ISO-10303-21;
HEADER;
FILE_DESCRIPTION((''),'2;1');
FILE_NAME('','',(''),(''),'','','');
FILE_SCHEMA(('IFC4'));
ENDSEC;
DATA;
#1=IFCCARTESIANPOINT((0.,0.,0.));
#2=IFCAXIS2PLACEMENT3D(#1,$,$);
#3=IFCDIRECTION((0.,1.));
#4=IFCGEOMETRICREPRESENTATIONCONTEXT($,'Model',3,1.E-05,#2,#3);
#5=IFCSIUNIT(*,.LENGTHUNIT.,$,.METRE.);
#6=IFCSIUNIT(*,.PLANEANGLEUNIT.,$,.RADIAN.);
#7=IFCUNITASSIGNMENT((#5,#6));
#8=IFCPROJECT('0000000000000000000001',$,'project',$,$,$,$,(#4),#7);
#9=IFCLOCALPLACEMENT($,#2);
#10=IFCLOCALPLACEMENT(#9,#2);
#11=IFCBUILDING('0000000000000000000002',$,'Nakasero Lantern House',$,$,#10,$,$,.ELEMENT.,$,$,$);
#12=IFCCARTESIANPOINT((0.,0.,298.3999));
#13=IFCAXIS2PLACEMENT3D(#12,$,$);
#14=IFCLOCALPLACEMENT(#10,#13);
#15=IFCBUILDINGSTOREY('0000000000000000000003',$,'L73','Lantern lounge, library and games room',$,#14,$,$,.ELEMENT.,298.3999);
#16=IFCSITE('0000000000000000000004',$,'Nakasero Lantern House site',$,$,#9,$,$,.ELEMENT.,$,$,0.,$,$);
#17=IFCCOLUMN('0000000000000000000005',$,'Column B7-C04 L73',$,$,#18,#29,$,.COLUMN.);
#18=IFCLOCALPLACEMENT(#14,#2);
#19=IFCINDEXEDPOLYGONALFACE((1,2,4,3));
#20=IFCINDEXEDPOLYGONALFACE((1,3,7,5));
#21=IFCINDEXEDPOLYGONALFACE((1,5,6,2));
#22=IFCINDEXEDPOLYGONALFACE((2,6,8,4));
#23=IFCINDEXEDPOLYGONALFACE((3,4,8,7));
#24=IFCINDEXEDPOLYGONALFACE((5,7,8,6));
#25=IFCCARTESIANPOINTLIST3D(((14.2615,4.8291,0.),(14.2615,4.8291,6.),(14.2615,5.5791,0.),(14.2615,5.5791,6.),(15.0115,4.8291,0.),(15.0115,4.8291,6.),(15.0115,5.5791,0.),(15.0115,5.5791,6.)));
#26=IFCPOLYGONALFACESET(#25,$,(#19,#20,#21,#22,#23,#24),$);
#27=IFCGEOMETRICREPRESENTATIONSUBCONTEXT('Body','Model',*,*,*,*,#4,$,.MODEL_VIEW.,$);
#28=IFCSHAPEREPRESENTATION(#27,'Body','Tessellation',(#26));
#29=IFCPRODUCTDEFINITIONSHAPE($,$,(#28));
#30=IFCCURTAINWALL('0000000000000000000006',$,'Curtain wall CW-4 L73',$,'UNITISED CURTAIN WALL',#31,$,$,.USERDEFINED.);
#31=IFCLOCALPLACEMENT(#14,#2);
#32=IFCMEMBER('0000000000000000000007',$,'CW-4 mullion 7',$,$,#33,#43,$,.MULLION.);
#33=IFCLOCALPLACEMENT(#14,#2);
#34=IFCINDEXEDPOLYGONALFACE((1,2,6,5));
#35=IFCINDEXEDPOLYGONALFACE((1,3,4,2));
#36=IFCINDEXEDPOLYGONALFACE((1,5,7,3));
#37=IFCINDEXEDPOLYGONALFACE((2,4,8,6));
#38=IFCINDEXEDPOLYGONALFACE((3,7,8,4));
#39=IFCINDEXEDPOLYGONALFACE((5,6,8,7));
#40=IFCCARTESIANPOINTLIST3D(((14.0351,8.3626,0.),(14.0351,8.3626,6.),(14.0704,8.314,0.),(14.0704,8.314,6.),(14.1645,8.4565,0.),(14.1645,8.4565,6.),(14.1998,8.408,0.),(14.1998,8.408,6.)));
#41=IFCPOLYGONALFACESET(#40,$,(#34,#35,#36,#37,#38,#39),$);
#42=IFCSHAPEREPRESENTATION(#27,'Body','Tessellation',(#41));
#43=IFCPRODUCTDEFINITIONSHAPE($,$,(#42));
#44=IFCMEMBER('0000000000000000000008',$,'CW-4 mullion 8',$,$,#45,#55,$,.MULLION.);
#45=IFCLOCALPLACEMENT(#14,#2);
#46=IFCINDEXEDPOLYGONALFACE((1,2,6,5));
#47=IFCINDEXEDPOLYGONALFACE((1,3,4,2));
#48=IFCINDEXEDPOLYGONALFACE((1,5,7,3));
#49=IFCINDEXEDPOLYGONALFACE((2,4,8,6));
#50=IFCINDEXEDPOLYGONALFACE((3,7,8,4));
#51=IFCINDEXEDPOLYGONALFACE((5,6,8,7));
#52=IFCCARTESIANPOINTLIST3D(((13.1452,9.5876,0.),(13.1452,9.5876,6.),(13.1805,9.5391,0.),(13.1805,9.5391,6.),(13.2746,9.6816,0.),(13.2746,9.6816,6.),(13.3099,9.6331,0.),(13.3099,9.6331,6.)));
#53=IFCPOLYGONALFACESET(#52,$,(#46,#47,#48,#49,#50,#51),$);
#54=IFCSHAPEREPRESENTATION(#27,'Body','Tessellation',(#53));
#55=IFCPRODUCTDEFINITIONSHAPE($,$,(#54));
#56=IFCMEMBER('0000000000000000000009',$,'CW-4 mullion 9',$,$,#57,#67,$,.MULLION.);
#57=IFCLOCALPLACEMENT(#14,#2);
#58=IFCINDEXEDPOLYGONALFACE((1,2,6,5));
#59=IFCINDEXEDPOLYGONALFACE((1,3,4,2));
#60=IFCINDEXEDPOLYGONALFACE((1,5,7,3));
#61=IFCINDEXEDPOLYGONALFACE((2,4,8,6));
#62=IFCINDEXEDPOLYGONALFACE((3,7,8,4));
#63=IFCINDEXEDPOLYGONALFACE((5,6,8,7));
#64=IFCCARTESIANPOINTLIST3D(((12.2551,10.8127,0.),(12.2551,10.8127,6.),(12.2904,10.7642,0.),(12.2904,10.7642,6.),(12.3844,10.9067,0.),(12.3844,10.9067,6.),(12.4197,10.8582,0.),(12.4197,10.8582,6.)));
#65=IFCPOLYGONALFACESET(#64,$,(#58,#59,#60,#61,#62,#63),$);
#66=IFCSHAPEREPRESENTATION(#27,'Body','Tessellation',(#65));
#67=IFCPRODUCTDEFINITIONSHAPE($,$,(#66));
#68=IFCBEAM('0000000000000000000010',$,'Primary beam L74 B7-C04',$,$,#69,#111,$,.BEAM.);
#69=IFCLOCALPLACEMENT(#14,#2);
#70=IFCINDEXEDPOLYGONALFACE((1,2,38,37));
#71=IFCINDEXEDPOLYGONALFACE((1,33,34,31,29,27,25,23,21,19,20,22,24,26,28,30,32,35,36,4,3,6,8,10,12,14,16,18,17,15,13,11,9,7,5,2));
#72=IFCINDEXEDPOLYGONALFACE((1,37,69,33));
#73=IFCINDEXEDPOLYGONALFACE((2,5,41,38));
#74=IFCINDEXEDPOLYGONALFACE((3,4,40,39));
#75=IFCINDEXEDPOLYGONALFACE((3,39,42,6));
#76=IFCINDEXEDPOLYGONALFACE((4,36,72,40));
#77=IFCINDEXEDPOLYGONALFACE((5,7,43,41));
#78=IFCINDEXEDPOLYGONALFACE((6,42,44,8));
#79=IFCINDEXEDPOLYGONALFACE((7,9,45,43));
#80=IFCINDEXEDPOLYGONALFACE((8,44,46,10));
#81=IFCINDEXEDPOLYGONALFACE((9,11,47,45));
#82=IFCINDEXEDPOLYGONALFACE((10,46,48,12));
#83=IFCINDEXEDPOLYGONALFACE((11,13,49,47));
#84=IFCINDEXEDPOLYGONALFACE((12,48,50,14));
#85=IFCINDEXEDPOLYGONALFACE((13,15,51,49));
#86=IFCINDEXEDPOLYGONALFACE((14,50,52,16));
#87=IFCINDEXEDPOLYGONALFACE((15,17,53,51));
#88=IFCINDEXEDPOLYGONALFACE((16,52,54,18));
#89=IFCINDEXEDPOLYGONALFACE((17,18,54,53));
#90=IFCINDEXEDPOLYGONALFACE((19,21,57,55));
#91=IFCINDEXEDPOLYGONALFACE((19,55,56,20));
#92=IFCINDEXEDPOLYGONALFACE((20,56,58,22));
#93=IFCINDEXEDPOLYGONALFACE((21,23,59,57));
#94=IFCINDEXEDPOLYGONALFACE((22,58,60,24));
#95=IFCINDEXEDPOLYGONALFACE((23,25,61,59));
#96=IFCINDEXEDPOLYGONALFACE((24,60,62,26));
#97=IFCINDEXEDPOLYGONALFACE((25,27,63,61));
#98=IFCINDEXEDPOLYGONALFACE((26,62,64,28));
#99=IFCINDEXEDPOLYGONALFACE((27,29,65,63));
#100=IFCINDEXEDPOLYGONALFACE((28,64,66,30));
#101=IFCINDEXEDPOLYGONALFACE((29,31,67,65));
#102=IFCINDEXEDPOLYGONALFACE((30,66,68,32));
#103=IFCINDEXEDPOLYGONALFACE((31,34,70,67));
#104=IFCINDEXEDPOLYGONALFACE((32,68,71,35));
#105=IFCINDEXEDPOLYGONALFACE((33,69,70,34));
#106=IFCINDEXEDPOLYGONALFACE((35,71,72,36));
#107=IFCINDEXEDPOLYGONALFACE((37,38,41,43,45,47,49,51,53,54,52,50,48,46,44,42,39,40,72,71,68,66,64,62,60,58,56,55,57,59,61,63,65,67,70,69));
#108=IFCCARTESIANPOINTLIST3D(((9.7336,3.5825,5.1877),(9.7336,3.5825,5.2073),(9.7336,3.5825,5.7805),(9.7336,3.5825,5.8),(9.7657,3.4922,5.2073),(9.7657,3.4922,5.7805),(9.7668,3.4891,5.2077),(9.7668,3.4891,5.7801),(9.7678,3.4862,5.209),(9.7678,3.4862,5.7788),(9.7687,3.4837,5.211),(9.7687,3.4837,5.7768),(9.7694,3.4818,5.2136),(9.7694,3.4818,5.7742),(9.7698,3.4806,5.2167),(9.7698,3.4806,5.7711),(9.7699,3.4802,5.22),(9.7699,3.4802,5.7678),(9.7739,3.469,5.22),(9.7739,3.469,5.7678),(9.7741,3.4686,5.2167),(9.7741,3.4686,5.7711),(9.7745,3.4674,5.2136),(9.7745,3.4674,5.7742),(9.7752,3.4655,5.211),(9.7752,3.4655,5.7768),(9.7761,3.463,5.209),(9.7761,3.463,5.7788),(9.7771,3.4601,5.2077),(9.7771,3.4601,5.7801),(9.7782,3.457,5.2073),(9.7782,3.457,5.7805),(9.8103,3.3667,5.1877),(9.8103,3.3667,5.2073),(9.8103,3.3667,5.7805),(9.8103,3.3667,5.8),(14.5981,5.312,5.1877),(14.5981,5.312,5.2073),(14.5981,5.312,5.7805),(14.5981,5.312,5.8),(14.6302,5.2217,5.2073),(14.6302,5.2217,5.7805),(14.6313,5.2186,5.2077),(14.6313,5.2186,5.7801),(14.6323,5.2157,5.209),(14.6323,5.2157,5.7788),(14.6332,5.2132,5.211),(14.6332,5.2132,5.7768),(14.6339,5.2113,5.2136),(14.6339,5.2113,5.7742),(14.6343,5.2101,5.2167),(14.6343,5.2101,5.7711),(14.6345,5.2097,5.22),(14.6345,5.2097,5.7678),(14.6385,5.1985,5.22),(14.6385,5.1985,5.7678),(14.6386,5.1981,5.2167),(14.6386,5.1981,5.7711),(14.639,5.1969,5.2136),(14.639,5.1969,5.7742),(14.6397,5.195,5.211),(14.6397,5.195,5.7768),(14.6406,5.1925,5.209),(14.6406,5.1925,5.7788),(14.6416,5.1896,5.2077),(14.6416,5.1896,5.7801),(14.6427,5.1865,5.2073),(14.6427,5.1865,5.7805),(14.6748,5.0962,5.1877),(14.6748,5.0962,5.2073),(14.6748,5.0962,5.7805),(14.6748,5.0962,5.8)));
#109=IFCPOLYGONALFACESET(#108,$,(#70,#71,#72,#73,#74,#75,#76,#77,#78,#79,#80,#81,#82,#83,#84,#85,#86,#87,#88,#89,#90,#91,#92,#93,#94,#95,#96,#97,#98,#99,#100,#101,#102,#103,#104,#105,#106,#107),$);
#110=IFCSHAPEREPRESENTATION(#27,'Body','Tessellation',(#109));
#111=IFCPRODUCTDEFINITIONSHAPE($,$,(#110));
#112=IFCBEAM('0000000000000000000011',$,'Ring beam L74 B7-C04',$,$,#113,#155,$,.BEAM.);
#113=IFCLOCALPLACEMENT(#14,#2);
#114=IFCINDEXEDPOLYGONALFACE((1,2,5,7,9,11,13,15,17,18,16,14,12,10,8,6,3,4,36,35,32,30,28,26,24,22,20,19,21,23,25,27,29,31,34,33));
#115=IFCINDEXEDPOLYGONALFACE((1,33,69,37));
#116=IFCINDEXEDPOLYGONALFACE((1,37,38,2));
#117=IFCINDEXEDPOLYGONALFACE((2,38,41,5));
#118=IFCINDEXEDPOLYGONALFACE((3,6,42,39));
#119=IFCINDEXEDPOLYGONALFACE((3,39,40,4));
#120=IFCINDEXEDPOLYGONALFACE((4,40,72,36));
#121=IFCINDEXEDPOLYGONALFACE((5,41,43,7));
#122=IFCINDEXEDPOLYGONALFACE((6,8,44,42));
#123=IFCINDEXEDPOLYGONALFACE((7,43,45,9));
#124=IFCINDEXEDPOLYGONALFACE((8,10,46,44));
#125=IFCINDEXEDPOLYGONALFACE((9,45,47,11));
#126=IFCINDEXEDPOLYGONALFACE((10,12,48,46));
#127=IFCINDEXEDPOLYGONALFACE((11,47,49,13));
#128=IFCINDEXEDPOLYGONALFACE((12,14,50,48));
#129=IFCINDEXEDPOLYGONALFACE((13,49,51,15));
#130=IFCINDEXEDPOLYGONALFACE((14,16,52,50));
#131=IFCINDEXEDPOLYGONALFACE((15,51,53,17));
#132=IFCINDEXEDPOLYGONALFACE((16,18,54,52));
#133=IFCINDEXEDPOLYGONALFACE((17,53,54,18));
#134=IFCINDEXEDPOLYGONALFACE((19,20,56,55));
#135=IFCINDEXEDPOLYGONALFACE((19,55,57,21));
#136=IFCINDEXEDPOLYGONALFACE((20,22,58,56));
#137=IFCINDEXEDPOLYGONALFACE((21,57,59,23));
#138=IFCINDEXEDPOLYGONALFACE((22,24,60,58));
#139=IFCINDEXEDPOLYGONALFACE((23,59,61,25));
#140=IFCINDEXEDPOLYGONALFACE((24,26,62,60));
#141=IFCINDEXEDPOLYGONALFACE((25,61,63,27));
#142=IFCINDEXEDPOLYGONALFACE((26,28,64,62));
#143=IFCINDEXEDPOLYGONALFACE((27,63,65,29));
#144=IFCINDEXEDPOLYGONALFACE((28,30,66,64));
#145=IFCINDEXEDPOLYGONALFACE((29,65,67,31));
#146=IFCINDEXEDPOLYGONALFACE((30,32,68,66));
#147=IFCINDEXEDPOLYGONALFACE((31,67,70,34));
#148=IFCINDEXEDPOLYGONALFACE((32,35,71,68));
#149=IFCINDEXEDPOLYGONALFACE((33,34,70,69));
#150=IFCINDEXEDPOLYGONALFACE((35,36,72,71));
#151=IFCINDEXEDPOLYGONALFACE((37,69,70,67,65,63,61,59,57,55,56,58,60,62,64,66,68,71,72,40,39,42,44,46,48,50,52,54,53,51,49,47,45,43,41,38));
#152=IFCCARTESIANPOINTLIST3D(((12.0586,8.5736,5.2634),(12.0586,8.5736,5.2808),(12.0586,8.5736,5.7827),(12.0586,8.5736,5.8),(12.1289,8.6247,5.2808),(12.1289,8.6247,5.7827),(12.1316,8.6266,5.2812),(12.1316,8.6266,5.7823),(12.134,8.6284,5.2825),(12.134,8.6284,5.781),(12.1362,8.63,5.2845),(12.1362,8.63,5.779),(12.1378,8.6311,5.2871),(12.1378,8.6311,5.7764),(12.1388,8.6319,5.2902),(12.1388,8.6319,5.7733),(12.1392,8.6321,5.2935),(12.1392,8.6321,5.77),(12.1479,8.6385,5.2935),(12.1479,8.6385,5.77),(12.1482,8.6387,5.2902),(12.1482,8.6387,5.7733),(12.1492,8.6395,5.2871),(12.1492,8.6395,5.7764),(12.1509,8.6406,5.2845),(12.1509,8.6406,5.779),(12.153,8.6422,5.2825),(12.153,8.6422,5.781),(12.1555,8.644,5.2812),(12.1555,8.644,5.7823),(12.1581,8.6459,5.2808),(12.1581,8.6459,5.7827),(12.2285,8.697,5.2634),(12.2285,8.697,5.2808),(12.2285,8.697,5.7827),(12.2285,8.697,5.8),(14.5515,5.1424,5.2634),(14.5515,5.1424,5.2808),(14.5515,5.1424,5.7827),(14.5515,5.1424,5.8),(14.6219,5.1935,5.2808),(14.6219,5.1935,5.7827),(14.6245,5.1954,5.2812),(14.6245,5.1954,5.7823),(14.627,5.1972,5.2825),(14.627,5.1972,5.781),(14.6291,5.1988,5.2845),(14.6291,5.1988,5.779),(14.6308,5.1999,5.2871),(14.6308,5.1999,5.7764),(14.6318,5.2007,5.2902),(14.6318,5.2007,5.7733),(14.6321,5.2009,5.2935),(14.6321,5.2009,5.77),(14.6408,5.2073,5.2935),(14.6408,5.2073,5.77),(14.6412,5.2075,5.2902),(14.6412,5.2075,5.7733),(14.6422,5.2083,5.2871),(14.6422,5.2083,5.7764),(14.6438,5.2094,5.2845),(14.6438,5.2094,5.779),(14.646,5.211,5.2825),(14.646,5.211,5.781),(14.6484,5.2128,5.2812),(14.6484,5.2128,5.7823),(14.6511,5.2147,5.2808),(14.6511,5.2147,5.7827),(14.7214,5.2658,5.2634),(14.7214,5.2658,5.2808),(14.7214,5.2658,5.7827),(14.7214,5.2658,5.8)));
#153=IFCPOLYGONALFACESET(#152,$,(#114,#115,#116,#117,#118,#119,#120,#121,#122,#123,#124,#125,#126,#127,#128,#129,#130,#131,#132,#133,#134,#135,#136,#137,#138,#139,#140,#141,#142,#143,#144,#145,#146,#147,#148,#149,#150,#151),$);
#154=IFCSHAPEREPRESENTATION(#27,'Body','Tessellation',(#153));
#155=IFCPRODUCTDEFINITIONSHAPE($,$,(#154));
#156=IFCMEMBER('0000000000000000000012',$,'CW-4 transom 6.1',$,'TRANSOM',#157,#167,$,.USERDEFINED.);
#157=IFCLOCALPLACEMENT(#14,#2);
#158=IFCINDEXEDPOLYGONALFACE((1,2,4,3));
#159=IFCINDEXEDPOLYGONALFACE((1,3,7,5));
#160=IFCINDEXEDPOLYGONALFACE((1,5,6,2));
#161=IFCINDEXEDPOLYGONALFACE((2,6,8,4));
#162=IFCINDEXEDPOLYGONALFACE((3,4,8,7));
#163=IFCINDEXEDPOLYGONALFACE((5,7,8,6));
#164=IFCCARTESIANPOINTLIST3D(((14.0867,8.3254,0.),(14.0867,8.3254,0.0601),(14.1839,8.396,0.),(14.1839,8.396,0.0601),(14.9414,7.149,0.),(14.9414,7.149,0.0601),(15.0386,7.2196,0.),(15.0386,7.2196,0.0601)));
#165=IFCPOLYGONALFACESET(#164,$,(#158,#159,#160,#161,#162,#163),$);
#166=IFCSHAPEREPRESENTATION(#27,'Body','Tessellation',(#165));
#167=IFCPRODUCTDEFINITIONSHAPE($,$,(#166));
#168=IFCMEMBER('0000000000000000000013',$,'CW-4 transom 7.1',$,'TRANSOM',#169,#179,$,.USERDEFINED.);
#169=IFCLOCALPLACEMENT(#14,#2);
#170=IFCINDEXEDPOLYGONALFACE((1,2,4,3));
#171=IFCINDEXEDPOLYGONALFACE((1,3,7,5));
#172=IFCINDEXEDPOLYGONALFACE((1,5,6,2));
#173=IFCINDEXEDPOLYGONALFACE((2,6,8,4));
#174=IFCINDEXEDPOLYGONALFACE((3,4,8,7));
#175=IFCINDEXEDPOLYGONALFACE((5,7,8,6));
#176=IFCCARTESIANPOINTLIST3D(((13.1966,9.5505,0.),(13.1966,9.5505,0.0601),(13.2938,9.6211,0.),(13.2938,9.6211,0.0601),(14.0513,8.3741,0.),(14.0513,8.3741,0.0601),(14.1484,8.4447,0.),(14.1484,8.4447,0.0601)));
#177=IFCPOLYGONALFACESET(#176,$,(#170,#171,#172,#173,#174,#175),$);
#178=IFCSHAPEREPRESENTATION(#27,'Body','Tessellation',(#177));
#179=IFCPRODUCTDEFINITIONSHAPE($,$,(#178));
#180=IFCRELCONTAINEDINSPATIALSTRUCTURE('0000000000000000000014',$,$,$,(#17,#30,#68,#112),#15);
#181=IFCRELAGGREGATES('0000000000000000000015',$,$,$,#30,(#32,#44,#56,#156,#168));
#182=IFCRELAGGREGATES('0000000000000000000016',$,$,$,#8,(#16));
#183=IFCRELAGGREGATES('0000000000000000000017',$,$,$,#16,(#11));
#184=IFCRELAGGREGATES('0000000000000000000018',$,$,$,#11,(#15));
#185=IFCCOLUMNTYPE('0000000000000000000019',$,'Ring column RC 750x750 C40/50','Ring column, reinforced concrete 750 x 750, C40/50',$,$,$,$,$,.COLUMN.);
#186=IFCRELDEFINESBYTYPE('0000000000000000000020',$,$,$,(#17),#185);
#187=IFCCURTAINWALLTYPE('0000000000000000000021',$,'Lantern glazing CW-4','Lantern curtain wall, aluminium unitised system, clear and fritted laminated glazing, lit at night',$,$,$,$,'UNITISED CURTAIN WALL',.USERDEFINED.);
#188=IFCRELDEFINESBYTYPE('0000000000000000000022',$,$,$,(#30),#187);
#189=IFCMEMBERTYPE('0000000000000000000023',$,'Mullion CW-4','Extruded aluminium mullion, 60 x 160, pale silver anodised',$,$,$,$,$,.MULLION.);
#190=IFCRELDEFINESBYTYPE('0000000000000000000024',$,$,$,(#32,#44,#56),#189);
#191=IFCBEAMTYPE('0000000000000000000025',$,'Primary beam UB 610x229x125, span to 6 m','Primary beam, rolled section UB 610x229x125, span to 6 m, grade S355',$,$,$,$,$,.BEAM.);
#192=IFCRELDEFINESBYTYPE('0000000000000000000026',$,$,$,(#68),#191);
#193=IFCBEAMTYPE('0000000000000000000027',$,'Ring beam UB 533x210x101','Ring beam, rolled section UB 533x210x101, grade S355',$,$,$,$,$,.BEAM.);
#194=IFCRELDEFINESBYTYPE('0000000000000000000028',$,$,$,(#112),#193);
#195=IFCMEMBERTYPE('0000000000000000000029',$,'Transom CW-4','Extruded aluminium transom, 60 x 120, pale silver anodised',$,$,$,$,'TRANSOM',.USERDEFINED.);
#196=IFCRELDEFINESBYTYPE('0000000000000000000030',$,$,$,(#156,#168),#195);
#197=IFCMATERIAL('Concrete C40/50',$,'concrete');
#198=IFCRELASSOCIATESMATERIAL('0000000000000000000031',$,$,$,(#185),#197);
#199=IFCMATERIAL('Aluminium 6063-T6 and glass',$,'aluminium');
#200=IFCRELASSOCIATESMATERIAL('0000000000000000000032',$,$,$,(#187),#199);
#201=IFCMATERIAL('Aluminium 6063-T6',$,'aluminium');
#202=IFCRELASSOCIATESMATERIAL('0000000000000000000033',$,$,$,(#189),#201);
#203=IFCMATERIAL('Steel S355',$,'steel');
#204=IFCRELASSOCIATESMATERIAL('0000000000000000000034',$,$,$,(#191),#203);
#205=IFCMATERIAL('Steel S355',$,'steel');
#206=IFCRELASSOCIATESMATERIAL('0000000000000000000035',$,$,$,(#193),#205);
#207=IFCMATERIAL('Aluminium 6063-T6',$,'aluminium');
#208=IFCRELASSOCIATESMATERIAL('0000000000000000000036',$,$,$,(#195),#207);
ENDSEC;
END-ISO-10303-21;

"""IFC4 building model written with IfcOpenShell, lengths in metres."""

from ifc_helpers import new_model, si_unit, direction, frame, origin, origin_2d, place, context, subcontext, project, spatial, rectangle, i_section, extrude, material, material_profile, profile_set, type_object, element, aggregate, save


model = new_model("IFC4")

# Units and contexts
model_context = context("Model", 3, precision=1e-05, world=origin(), true_north=direction((0.0, 1.0)))
body_context = subcontext(model_context, "Body", "Model", "MODEL_VIEW")
ifc_project = project(units=[si_unit("LENGTHUNIT", "METRE"), si_unit("PLANEANGLEUNIT", "RADIAN")], contexts=[model_context])

# Site, building, storey
site_placement = place(None, origin())
site = spatial("IfcSite", under=ifc_project, at=site_placement, Name="Nakasero Lantern House site", CompositionType="ELEMENT", RefElevation=0.0)
building_placement = place(site_placement, origin())
building = spatial("IfcBuilding", under=site, at=building_placement, Name="Nakasero Lantern House", CompositionType="ELEMENT")
storey_placement = place(building_placement, frame((0.0, 0.0, 298.3999)))
storey = spatial("IfcBuildingStorey", under=building, at=storey_placement, Name="L73", Description="Lantern lounge, library and games room", CompositionType="ELEMENT", Elevation=298.3999)

# Column
ifc_material_1 = material(Name="Concrete C40/50", Category="concrete")
ifc_material_profile_1 = material_profile(ifc_material_1, rectangle(XDim=0.75, YDim=0.75, at=origin_2d()), Name="RC 750x750")
ifc_profile_set_1 = profile_set([ifc_material_profile_1], Name="Concrete C40/50")
column_type = type_object("IfcColumnType", Name="Ring column RC 750x750 C40/50", Description="Ring column, reinforced concrete 750 x 750, C40/50", PredefinedType="COLUMN", material=ifc_profile_set_1)
column_placement = place(storey_placement, frame((14.6365, 5.2041, 0.0), z_axis=(0.0, 0.0, 1.0), x_axis=(1.0, 0.0, 0.0)))
element("IfcColumn", 1, at=column_placement, inside=storey, type_object=column_type, Name="Column B7-C04 L73", PredefinedType="COLUMN", context=body_context, shape_type="SweptSolid", body=[
    extrude(rectangle(XDim=0.75, YDim=0.75, at=origin_2d()), origin(), (0.0, 0.0, 1.0), 6.0),
])

# Curtain wall, members
ifc_material_2 = material(Name="Aluminium 6063-T6 and glass", Category="aluminium")
curtain_wall_type = type_object("IfcCurtainWallType", Name="Lantern glazing CW-4", Description="Lantern curtain wall, aluminium unitised system, clear and fritted laminated glazing, lit at night", ElementType="UNITISED CURTAIN WALL", PredefinedType="USERDEFINED", material=ifc_material_2)
curtain_wall_placement = place(storey_placement, origin())
curtain_wall = element("IfcCurtainWall", 2, at=curtain_wall_placement, inside=storey, type_object=curtain_wall_type, Name="Curtain wall CW-4 L73", ObjectType="UNITISED CURTAIN WALL", PredefinedType="USERDEFINED")
ifc_material_3 = material(Name="Aluminium 6063-T6", Category="aluminium")
ifc_material_profile_2 = material_profile(ifc_material_3, rectangle(XDim=0.0601, YDim=0.1599, at=origin_2d()), Name="CW-4 mullion 60x160")
ifc_profile_set_2 = profile_set([ifc_material_profile_2], Name="Aluminium 6063-T6")
member_type_1 = type_object("IfcMemberType", Name="Mullion CW-4", Description="Extruded aluminium mullion, 60 x 160, pale silver anodised", PredefinedType="MULLION", material=ifc_profile_set_2)
member_1_placement = place(storey_placement, frame((14.1174, 8.3853, 0.0), z_axis=(0.0, 0.0, 1.0), x_axis=(-0.587785, 0.809017, 0.0)))
member_1 = element("IfcMember", 3, at=member_1_placement, type_object=member_type_1, Name="CW-4 mullion 7", PredefinedType="MULLION", context=body_context, shape_type="SweptSolid", body=[
    extrude(rectangle(XDim=0.0601, YDim=0.1599, at=origin_2d()), origin(), (0.0, 0.0, 1.0), 6.0),
])
member_2_placement = place(storey_placement, frame((13.2275, 9.6104, 0.0), z_axis=(0.0, 0.0, 1.0), x_axis=(-0.587785, 0.809017, 0.0)))
member_2 = element("IfcMember", 4, at=member_2_placement, type_object=member_type_1, Name="CW-4 mullion 8", PredefinedType="MULLION", context=body_context, shape_type="SweptSolid", body=[
    extrude(rectangle(XDim=0.0601, YDim=0.1599, at=origin_2d()), origin(), (0.0, 0.0, 1.0), 6.0),
])
member_3_placement = place(storey_placement, frame((12.3374, 10.8354, 0.0), z_axis=(0.0, 0.0, 1.0), x_axis=(-0.587785, 0.809017, 0.0)))
member_3 = element("IfcMember", 5, at=member_3_placement, type_object=member_type_1, Name="CW-4 mullion 9", PredefinedType="MULLION", context=body_context, shape_type="SweptSolid", body=[
    extrude(rectangle(XDim=0.0601, YDim=0.1599, at=origin_2d()), origin(), (0.0, 0.0, 1.0), 6.0),
])

# Beams
ifc_material_4 = material(Name="Steel S355", Category="steel")
ifc_material_profile_3 = material_profile(ifc_material_4, i_section(OverallWidth=0.229, OverallDepth=0.6123, WebThickness=0.012, FlangeThickness=0.0195, FilletRadius=0.0127, at=origin_2d()), Name="UB 610x229x125")
ifc_profile_set_3 = profile_set([ifc_material_profile_3], Name="Steel S355")
beam_type_1 = type_object("IfcBeamType", Name="Primary beam UB 610x229x125, span to 6 m", Description="Primary beam, rolled section UB 610x229x125, span to 6 m, grade S355", PredefinedType="BEAM", material=ifc_profile_set_3)
beam_1_placement = place(storey_placement, frame((14.6365, 5.2041, 5.4939), z_axis=(-0.942221, -0.334991, 0.0), x_axis=(0.334991, -0.942221, 0.0)))
element("IfcBeam", 6, at=beam_1_placement, inside=storey, type_object=beam_type_1, Name="Primary beam L74 B7-C04", PredefinedType="BEAM", context=body_context, shape_type="SweptSolid", body=[
    extrude(i_section(OverallWidth=0.229, OverallDepth=0.6123, WebThickness=0.012, FlangeThickness=0.0195, FilletRadius=0.0127, at=origin_2d()), origin(), (0.0, 0.0, 1.0), 5.1628),
])
ifc_material_5 = material(Name="Steel S355", Category="steel")
ifc_material_profile_4 = material_profile(ifc_material_5, i_section(OverallWidth=0.21, OverallDepth=0.5366, WebThickness=0.0107, FlangeThickness=0.0173, FilletRadius=0.0127, at=origin_2d()), Name="UB 533x210x101")
ifc_profile_set_4 = profile_set([ifc_material_profile_4], Name="Steel S355")
beam_type_2 = type_object("IfcBeamType", Name="Ring beam UB 533x210x101", Description="Ring beam, rolled section UB 533x210x101, grade S355", PredefinedType="BEAM", material=ifc_profile_set_4)
beam_2_placement = place(storey_placement, frame((14.6365, 5.2041, 5.5317), z_axis=(-0.587792, 0.809012, 0.0), x_axis=(-0.809012, -0.587792, 0.0)))
element("IfcBeam", 7, at=beam_2_placement, inside=storey, type_object=beam_type_2, Name="Ring beam L74 B7-C04", PredefinedType="BEAM", context=body_context, shape_type="SweptSolid", body=[
    extrude(i_section(OverallWidth=0.21, OverallDepth=0.5366, WebThickness=0.0107, FlangeThickness=0.0173, FilletRadius=0.0127, at=origin_2d()), origin(), (0.0, 0.0, 1.0), 4.2412),
])

# Members
ifc_material_6 = material(Name="Aluminium 6063-T6", Category="aluminium")
ifc_material_profile_5 = material_profile(ifc_material_6, rectangle(XDim=0.0601, YDim=0.1201, at=origin_2d()), Name="CW-4 transom 60x120")
ifc_profile_set_5 = profile_set([ifc_material_profile_5], Name="Aluminium 6063-T6")
member_type_2 = type_object("IfcMemberType", Name="Transom CW-4", Description="Extruded aluminium transom, 60 x 120, pale silver anodised", ElementType="TRANSOM", PredefinedType="USERDEFINED", material=ifc_profile_set_5)
member_4_placement = place(storey_placement, frame((14.99, 7.1843, 0.03), z_axis=(-0.587762, 0.809034, 0.0), x_axis=(0.0, 0.0, 1.0)))
member_4 = element("IfcMember", 8, at=member_4_placement, type_object=member_type_2, Name="CW-4 transom 6.1", ObjectType="TRANSOM", PredefinedType="USERDEFINED", context=body_context, shape_type="SweptSolid", body=[
    extrude(rectangle(XDim=0.0601, YDim=0.1201, at=origin_2d()), origin(), (0.0, 0.0, 1.0), 1.4541),
])
member_5_placement = place(storey_placement, frame((14.0999, 8.4094, 0.03), z_axis=(-0.587762, 0.809034, 0.0), x_axis=(0.0, 0.0, 1.0)))
member_5 = element("IfcMember", 9, at=member_5_placement, type_object=member_type_2, Name="CW-4 transom 7.1", ObjectType="TRANSOM", PredefinedType="USERDEFINED", context=body_context, shape_type="SweptSolid", body=[
    extrude(rectangle(XDim=0.0601, YDim=0.1201, at=origin_2d()), origin(), (0.0, 0.0, 1.0), 1.4541),
])

aggregate(curtain_wall, [member_1, member_2, member_3, member_4, member_5])

save(model, "model.ifc")
